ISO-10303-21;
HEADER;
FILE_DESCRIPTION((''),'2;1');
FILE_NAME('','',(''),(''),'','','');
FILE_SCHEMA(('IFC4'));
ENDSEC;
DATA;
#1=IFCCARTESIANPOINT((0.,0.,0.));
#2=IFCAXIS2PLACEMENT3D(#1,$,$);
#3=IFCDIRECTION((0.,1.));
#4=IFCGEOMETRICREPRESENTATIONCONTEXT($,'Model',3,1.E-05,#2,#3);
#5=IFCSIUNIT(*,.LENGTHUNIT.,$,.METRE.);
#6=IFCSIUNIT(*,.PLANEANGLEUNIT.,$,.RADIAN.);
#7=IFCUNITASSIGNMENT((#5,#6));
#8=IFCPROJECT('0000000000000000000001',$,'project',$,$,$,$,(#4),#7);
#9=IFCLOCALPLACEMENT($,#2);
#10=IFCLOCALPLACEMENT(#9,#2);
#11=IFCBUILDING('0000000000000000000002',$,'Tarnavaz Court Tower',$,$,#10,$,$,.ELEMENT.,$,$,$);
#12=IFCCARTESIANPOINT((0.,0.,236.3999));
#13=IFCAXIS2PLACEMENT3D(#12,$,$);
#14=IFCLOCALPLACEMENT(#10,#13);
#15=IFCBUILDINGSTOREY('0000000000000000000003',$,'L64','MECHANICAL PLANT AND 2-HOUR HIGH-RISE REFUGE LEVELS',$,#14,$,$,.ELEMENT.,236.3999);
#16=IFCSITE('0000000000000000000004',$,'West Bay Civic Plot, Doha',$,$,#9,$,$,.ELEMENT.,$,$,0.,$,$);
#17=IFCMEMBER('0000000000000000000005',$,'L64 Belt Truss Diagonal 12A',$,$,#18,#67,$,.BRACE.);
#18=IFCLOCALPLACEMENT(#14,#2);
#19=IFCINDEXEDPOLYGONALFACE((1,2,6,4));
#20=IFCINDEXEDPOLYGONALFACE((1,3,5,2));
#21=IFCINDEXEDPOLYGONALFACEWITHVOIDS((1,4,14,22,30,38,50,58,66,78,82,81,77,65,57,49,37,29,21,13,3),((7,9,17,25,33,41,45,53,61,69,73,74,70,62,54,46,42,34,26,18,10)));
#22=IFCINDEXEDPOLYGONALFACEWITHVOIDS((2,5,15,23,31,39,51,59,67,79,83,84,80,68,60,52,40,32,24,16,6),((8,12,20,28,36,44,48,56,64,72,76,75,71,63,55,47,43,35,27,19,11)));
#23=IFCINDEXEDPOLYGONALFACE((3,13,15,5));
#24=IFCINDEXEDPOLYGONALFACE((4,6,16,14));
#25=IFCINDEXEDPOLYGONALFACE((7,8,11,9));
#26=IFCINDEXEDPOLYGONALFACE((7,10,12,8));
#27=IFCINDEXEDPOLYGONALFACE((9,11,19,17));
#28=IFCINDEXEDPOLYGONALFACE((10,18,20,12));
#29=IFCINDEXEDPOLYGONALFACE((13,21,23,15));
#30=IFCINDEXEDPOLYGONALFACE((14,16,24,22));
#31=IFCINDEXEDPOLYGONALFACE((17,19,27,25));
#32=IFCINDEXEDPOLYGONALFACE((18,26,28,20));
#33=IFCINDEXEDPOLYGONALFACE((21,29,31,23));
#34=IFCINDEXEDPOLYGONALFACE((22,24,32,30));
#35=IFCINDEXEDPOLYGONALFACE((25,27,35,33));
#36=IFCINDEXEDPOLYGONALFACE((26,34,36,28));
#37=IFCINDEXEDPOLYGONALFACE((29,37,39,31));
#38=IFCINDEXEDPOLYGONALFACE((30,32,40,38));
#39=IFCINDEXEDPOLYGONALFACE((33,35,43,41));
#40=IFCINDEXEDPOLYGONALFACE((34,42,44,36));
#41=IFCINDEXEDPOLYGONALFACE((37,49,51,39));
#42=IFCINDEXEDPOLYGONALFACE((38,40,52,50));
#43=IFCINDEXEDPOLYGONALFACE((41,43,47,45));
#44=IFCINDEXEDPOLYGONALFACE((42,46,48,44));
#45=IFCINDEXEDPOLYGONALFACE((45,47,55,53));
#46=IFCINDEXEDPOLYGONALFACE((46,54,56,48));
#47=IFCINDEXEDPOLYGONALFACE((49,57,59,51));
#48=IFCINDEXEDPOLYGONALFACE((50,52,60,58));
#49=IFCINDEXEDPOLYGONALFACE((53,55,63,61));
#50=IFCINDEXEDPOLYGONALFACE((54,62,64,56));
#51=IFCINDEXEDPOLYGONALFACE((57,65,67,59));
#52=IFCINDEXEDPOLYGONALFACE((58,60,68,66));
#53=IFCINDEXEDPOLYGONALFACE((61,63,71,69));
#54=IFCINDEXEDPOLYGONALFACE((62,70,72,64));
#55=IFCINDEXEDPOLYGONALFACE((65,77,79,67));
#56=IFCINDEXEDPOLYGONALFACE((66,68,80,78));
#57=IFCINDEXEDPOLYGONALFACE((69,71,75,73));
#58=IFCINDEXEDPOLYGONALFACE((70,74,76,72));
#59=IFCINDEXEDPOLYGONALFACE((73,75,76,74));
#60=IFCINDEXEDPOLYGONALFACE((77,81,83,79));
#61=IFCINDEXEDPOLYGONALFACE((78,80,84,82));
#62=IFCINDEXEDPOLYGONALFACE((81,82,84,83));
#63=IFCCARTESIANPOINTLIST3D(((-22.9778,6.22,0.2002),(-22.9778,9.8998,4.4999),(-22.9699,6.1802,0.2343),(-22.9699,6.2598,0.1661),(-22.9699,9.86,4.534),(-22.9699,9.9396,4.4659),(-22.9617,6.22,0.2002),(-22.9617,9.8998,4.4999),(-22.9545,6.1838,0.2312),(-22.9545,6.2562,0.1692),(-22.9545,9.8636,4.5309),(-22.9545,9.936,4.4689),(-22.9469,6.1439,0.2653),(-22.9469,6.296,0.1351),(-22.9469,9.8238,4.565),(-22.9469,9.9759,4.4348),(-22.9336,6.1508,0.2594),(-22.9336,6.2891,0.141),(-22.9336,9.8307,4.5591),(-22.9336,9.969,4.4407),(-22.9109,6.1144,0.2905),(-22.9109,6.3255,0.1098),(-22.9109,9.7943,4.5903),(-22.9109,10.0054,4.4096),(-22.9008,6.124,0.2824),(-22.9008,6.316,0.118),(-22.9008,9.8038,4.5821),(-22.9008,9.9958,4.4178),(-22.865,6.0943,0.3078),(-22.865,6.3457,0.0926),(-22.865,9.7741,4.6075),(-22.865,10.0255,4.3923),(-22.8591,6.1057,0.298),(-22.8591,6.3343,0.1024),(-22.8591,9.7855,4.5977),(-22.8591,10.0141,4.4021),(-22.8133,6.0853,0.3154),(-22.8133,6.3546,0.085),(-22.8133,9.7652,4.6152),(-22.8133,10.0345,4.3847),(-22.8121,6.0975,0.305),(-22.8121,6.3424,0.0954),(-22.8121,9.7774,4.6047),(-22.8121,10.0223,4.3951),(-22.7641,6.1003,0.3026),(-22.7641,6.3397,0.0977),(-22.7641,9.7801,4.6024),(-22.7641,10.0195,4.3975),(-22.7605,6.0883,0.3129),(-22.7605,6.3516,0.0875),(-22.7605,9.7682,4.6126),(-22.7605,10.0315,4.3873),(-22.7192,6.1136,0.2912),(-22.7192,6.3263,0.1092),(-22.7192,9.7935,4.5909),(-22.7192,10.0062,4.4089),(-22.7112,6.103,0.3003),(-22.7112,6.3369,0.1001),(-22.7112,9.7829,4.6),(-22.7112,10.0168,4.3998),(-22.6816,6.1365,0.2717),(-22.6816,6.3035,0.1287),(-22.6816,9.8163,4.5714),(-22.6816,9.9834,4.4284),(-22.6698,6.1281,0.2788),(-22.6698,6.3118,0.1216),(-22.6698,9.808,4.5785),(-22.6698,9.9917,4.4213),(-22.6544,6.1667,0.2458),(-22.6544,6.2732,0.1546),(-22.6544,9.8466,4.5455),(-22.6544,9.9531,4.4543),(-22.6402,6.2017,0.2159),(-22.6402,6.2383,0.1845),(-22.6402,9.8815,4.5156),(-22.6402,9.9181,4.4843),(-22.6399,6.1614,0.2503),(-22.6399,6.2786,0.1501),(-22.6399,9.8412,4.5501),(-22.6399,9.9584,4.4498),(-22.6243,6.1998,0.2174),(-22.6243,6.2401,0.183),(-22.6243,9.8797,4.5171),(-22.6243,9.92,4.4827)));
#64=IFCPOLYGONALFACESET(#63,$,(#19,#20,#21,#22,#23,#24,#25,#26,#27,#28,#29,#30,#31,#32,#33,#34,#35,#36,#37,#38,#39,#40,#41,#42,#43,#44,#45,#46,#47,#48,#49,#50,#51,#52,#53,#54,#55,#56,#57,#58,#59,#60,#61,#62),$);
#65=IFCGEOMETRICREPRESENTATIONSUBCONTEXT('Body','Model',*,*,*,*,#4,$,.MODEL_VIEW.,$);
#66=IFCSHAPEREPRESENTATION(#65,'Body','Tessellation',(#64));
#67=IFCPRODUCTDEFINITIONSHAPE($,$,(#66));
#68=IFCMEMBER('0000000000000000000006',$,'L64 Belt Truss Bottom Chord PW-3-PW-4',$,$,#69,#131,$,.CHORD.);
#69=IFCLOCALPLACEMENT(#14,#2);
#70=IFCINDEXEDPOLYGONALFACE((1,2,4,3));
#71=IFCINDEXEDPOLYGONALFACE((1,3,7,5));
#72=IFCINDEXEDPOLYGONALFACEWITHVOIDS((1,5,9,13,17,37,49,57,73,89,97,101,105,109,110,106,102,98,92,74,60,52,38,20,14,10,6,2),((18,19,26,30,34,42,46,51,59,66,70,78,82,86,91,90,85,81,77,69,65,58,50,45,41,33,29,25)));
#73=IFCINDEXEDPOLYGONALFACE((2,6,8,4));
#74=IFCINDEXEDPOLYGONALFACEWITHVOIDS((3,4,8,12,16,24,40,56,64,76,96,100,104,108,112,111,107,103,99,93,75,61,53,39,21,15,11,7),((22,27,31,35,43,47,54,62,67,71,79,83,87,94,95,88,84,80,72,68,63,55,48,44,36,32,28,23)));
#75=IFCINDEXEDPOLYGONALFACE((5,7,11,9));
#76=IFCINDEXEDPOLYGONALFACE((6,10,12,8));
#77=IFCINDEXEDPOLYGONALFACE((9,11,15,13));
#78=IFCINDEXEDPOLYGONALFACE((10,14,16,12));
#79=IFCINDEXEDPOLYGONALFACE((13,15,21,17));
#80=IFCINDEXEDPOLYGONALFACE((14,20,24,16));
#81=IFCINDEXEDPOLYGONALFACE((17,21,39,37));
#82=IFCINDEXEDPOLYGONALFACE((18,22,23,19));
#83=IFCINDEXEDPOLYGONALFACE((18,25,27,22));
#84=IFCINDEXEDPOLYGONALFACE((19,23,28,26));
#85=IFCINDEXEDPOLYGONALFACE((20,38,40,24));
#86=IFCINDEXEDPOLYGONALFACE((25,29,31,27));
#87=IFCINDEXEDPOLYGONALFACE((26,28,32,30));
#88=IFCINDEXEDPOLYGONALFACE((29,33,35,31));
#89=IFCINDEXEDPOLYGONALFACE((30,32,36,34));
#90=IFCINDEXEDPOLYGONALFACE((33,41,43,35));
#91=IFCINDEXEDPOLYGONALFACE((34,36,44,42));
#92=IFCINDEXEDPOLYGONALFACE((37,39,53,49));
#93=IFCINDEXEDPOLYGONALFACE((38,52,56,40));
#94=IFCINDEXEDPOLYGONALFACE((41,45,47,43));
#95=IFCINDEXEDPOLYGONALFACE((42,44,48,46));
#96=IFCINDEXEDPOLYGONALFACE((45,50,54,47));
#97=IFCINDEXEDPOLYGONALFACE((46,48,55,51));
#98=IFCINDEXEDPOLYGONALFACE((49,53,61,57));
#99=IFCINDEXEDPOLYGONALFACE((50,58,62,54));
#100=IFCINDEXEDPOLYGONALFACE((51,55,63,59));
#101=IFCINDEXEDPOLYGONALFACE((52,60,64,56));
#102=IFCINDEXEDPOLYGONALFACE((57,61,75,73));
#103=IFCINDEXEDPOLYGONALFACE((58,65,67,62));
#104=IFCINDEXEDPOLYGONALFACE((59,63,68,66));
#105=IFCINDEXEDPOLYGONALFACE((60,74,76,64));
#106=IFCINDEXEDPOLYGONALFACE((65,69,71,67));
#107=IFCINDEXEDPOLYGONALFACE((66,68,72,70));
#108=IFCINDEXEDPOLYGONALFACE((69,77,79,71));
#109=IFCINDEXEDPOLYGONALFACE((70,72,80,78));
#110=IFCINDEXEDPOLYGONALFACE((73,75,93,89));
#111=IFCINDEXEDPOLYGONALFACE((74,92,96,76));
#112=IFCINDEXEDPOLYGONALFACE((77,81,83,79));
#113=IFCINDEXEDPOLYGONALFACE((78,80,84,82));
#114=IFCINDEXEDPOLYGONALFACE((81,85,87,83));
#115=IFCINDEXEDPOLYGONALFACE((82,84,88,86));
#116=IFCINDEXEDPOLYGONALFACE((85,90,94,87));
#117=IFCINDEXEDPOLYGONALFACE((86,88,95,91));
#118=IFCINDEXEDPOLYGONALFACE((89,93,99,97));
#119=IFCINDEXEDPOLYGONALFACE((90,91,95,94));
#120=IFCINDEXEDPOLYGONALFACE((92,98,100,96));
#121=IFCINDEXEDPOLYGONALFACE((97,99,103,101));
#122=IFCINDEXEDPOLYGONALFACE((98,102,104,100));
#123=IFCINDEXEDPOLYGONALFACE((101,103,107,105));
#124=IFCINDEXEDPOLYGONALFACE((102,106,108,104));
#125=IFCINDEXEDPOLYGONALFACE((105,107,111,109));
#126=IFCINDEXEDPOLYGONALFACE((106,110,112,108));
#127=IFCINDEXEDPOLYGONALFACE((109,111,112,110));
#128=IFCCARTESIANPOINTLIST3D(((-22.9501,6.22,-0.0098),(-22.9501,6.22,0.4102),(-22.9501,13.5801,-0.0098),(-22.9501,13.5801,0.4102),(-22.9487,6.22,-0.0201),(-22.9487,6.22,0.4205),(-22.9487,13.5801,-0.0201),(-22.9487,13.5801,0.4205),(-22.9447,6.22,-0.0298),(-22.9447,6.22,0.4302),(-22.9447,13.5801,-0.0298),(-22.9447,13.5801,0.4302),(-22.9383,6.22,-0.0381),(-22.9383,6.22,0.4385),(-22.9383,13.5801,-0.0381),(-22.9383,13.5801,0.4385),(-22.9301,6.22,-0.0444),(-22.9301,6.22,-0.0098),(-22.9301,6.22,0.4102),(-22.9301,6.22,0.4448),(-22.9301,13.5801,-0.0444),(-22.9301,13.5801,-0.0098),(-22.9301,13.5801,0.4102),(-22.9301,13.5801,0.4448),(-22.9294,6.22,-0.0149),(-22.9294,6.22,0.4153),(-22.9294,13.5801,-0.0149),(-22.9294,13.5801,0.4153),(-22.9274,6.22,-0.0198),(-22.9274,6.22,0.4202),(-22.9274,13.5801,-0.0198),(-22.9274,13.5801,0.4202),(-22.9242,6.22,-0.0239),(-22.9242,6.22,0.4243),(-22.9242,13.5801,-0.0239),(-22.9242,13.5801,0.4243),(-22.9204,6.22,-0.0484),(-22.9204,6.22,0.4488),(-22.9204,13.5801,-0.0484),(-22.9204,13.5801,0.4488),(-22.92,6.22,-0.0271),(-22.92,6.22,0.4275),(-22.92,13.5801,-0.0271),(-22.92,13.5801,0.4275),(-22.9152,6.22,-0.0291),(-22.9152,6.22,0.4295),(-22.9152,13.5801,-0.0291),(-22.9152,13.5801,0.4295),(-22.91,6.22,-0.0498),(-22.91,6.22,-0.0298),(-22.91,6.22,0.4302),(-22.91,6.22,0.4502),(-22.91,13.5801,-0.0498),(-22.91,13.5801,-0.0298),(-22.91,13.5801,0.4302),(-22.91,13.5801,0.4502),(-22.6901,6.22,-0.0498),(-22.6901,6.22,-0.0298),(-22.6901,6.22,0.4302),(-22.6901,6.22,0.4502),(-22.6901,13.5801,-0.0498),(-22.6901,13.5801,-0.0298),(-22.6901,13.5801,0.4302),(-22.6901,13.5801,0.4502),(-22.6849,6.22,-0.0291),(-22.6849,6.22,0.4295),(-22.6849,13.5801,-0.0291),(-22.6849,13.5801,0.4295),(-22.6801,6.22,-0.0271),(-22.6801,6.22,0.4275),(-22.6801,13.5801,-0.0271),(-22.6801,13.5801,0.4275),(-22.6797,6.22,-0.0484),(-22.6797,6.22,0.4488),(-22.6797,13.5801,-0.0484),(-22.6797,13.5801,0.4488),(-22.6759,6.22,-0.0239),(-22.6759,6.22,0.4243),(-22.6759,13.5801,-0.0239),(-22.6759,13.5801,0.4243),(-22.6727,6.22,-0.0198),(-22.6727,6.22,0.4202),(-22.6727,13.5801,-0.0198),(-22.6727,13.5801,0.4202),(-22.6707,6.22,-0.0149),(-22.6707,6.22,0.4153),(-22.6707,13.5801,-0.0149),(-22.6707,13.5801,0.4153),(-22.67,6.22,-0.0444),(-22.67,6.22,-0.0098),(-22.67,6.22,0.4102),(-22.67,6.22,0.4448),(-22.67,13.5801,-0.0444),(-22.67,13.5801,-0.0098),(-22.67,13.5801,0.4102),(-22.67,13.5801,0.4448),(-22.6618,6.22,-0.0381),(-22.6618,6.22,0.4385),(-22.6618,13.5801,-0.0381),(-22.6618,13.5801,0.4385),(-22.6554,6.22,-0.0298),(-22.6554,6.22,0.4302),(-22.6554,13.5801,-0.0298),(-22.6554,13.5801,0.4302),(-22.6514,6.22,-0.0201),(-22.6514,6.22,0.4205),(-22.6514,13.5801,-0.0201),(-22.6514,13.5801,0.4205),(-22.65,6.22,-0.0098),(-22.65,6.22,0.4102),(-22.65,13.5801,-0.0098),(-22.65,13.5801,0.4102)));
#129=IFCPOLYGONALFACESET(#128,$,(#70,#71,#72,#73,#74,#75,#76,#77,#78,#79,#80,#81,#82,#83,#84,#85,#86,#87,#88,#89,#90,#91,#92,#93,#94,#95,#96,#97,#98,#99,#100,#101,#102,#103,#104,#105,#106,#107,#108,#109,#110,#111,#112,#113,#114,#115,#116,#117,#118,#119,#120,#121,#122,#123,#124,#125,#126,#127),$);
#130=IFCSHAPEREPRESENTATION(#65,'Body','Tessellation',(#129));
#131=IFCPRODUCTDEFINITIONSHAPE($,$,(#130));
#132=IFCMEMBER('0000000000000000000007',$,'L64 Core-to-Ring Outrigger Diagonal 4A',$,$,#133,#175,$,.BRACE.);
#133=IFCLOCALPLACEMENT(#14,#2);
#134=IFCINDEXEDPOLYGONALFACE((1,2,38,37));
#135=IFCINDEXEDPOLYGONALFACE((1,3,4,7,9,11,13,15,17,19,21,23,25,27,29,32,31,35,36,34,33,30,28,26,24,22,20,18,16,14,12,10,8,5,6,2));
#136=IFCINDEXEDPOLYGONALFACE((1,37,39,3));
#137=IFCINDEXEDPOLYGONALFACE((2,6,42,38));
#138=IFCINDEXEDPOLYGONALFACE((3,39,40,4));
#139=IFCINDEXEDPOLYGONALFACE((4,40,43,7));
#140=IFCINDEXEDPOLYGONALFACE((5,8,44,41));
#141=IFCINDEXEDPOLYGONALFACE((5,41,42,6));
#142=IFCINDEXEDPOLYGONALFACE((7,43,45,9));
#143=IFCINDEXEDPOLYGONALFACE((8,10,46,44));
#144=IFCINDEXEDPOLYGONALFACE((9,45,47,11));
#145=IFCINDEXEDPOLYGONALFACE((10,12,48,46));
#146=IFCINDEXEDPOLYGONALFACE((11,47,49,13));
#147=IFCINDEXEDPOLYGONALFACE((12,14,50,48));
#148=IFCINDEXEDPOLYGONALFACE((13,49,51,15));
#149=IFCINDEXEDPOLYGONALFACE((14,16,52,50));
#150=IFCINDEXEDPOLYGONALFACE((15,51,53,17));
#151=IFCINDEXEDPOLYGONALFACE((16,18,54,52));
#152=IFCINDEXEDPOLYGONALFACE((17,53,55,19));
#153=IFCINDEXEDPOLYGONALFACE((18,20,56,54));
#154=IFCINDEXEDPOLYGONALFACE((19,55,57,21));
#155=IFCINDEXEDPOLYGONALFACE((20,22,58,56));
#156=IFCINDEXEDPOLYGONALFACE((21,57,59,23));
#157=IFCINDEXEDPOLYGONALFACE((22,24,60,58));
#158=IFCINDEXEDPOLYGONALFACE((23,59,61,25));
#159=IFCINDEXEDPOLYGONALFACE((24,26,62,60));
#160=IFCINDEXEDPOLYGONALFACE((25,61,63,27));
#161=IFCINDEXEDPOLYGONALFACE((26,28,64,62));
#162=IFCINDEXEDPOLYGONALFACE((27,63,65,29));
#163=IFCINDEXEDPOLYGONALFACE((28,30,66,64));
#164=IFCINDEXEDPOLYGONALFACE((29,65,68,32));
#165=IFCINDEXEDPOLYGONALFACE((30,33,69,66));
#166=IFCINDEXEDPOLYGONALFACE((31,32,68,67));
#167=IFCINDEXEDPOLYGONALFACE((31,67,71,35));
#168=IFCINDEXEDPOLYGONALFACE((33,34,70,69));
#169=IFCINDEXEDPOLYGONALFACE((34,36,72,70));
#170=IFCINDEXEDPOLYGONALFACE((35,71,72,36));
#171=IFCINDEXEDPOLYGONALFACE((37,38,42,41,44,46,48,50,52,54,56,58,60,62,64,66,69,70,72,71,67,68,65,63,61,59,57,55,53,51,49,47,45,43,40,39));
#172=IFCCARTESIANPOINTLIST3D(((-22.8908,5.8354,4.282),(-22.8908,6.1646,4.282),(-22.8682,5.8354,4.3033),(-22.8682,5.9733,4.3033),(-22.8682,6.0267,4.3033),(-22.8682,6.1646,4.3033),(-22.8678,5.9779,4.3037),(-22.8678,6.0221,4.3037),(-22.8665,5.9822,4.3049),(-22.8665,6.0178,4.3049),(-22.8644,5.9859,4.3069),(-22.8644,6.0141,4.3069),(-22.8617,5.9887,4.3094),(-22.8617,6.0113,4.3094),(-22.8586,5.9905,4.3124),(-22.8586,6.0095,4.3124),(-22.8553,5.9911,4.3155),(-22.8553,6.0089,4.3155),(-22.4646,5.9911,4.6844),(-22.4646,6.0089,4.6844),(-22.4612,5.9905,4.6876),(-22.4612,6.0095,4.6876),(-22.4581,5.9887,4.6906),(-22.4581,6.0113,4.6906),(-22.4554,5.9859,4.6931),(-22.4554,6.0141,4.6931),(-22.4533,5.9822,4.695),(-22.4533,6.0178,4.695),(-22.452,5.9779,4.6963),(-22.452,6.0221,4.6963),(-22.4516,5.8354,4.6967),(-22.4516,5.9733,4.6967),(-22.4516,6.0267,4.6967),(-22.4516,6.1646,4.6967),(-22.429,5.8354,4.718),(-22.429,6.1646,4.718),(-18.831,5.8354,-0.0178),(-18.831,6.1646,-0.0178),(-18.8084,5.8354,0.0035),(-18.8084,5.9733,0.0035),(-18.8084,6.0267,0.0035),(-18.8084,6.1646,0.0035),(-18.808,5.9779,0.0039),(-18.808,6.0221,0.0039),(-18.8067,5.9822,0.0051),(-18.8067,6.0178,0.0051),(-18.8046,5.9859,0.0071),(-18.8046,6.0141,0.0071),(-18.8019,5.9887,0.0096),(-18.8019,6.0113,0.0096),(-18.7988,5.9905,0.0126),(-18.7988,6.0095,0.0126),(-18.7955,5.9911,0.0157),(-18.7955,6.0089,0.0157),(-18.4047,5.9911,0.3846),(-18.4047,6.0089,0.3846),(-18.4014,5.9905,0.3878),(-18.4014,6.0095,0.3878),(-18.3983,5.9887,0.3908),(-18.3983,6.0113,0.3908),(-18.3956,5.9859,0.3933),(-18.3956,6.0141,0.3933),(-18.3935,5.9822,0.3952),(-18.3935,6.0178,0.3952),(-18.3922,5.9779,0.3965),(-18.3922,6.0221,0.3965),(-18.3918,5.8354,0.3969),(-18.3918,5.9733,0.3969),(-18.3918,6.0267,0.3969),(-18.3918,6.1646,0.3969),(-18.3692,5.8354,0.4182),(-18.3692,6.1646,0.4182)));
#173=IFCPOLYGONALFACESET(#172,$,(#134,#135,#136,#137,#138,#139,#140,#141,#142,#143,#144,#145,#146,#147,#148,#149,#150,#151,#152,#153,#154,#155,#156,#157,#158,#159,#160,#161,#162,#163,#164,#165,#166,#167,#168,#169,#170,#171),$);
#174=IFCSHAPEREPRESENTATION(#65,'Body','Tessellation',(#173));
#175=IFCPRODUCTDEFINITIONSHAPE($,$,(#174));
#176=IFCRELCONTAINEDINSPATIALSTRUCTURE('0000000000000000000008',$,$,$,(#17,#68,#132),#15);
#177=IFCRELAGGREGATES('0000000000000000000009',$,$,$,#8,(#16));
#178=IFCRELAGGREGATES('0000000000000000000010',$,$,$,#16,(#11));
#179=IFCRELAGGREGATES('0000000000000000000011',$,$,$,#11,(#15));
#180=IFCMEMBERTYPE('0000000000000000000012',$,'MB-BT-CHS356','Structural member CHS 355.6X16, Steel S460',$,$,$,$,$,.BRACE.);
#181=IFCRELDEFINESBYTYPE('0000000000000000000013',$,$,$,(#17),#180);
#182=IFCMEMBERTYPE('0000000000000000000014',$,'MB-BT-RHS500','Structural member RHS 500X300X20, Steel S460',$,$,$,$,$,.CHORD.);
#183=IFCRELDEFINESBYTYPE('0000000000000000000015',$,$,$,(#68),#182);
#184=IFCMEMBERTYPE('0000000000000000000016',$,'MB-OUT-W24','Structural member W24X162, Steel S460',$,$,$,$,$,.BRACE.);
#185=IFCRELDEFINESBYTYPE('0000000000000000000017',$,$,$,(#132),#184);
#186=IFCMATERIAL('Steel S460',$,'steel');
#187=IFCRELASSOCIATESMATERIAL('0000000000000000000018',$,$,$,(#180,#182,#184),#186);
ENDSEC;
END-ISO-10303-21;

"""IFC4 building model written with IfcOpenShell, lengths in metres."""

from ifc_helpers import new_model, si_unit, direction, frame, origin, origin_2d, place, context, subcontext, project, spatial, hollow_rectangle, hollow_circle, i_section, extrude, material, material_profile, profile_set, type_object, element, save


model = new_model("IFC4")

# Units and contexts
model_context = context("Model", 3, precision=1e-05, world=origin(), true_north=direction((0.0, 1.0)))
body_context = subcontext(model_context, "Body", "Model", "MODEL_VIEW")
ifc_project = project(units=[si_unit("LENGTHUNIT", "METRE"), si_unit("PLANEANGLEUNIT", "RADIAN")], contexts=[model_context])

# Site, building, storey
site_placement = place(None, origin())
site = spatial("IfcSite", under=ifc_project, at=site_placement, Name="West Bay Civic Plot, Doha", CompositionType="ELEMENT", RefElevation=0.0)
building_placement = place(site_placement, origin())
building = spatial("IfcBuilding", under=site, at=building_placement, Name="Tarnavaz Court Tower", CompositionType="ELEMENT")
storey_placement = place(building_placement, frame((0.0, 0.0, 236.3999)))
storey = spatial("IfcBuildingStorey", under=building, at=storey_placement, Name="L64", Description="MECHANICAL PLANT AND 2-HOUR HIGH-RISE REFUGE LEVELS", CompositionType="ELEMENT", Elevation=236.3999)

# Shared definitions
ifc_material_1 = material(Name="Steel S460", Category="steel")

# Members
ifc_material_profile_1 = material_profile(ifc_material_1, hollow_circle(Radius=0.1777, WallThickness=0.0161, at=origin_2d()), Name="CHS 355.6X16")
ifc_profile_set_1 = profile_set([ifc_material_profile_1], Name="Steel S460")
member_type_1 = type_object("IfcMemberType", Name="MB-BT-CHS356", Description="Structural member CHS 355.6X16, Steel S460", PredefinedType="BRACE", material=ifc_profile_set_1)
member_1_placement = place(storey_placement, frame((-22.8, 6.22, 0.2002), z_axis=(0.0, 0.650219, 0.759747), x_axis=(-1.0, 0.0, 0.0)))
element("IfcMember", 1, at=member_1_placement, inside=storey, type_object=member_type_1, Name="L64 Belt Truss Diagonal 12A", PredefinedType="BRACE", context=body_context, shape_type="SweptSolid", body=[
    extrude(hollow_circle(Radius=0.1777, WallThickness=0.0161, at=origin_2d()), origin(), (0.0, 0.0, 1.0), 5.6594),
])
ifc_material_profile_2 = material_profile(ifc_material_1, hollow_rectangle(XDim=0.3, YDim=0.5, WallThickness=0.02, InnerFilletRadius=0.02, OuterFilletRadius=0.04, at=origin_2d()), Name="RHS 500X300X20")
ifc_profile_set_2 = profile_set([ifc_material_profile_2], Name="Steel S460")
member_type_2 = type_object("IfcMemberType", Name="MB-BT-RHS500", Description="Structural member RHS 500X300X20, Steel S460", PredefinedType="CHORD", material=ifc_profile_set_2)
member_2_placement = place(storey_placement, frame((-22.8, 6.22, 0.2002), z_axis=(0.0, 1.0, 0.0), x_axis=(-1.0, 0.0, 0.0)))
element("IfcMember", 2, at=member_2_placement, inside=storey, type_object=member_type_2, Name="L64 Belt Truss Bottom Chord PW-3-PW-4", PredefinedType="CHORD", context=body_context, shape_type="SweptSolid", body=[
    extrude(hollow_rectangle(XDim=0.3, YDim=0.5, WallThickness=0.02, InnerFilletRadius=0.02, OuterFilletRadius=0.04, at=origin_2d()), origin(), (0.0, 0.0, 1.0), 7.3601),
])
ifc_material_profile_3 = material_profile(ifc_material_1, i_section(OverallWidth=0.3291, OverallDepth=0.635, WebThickness=0.0178, FlangeThickness=0.031, FilletRadius=0.0178, at=origin_2d()), Name="W24X162")
ifc_profile_set_3 = profile_set([ifc_material_profile_3], Name="Steel S460")
member_type_3 = type_object("IfcMemberType", Name="MB-OUT-W24", Description="Structural member W24X162, Steel S460", PredefinedType="BRACE", material=ifc_profile_set_3)
for number, where, z_axis, x_axis, name in (
    (3, (-18.6001, 6.0, 0.2002), (-0.686524, 0.0, 0.727107), (0.0, -1.0, 0.0), "L64 Core-to-Ring Outrigger Diagonal 4A"),
):
    element("IfcMember", number, at=place(storey_placement, frame(where, z_axis=z_axis, x_axis=x_axis)), inside=storey, type_object=member_type_3, Name=name, PredefinedType="BRACE", context=body_context, shape_type="SweptSolid", body=[
        extrude(i_section(OverallWidth=0.3291, OverallDepth=0.635, WebThickness=0.0178, FlangeThickness=0.031, FilletRadius=0.0178, at=origin_2d()), origin(), (0.0, 0.0, 1.0), 5.9136),
    ])

save(model, "model.ifc")
